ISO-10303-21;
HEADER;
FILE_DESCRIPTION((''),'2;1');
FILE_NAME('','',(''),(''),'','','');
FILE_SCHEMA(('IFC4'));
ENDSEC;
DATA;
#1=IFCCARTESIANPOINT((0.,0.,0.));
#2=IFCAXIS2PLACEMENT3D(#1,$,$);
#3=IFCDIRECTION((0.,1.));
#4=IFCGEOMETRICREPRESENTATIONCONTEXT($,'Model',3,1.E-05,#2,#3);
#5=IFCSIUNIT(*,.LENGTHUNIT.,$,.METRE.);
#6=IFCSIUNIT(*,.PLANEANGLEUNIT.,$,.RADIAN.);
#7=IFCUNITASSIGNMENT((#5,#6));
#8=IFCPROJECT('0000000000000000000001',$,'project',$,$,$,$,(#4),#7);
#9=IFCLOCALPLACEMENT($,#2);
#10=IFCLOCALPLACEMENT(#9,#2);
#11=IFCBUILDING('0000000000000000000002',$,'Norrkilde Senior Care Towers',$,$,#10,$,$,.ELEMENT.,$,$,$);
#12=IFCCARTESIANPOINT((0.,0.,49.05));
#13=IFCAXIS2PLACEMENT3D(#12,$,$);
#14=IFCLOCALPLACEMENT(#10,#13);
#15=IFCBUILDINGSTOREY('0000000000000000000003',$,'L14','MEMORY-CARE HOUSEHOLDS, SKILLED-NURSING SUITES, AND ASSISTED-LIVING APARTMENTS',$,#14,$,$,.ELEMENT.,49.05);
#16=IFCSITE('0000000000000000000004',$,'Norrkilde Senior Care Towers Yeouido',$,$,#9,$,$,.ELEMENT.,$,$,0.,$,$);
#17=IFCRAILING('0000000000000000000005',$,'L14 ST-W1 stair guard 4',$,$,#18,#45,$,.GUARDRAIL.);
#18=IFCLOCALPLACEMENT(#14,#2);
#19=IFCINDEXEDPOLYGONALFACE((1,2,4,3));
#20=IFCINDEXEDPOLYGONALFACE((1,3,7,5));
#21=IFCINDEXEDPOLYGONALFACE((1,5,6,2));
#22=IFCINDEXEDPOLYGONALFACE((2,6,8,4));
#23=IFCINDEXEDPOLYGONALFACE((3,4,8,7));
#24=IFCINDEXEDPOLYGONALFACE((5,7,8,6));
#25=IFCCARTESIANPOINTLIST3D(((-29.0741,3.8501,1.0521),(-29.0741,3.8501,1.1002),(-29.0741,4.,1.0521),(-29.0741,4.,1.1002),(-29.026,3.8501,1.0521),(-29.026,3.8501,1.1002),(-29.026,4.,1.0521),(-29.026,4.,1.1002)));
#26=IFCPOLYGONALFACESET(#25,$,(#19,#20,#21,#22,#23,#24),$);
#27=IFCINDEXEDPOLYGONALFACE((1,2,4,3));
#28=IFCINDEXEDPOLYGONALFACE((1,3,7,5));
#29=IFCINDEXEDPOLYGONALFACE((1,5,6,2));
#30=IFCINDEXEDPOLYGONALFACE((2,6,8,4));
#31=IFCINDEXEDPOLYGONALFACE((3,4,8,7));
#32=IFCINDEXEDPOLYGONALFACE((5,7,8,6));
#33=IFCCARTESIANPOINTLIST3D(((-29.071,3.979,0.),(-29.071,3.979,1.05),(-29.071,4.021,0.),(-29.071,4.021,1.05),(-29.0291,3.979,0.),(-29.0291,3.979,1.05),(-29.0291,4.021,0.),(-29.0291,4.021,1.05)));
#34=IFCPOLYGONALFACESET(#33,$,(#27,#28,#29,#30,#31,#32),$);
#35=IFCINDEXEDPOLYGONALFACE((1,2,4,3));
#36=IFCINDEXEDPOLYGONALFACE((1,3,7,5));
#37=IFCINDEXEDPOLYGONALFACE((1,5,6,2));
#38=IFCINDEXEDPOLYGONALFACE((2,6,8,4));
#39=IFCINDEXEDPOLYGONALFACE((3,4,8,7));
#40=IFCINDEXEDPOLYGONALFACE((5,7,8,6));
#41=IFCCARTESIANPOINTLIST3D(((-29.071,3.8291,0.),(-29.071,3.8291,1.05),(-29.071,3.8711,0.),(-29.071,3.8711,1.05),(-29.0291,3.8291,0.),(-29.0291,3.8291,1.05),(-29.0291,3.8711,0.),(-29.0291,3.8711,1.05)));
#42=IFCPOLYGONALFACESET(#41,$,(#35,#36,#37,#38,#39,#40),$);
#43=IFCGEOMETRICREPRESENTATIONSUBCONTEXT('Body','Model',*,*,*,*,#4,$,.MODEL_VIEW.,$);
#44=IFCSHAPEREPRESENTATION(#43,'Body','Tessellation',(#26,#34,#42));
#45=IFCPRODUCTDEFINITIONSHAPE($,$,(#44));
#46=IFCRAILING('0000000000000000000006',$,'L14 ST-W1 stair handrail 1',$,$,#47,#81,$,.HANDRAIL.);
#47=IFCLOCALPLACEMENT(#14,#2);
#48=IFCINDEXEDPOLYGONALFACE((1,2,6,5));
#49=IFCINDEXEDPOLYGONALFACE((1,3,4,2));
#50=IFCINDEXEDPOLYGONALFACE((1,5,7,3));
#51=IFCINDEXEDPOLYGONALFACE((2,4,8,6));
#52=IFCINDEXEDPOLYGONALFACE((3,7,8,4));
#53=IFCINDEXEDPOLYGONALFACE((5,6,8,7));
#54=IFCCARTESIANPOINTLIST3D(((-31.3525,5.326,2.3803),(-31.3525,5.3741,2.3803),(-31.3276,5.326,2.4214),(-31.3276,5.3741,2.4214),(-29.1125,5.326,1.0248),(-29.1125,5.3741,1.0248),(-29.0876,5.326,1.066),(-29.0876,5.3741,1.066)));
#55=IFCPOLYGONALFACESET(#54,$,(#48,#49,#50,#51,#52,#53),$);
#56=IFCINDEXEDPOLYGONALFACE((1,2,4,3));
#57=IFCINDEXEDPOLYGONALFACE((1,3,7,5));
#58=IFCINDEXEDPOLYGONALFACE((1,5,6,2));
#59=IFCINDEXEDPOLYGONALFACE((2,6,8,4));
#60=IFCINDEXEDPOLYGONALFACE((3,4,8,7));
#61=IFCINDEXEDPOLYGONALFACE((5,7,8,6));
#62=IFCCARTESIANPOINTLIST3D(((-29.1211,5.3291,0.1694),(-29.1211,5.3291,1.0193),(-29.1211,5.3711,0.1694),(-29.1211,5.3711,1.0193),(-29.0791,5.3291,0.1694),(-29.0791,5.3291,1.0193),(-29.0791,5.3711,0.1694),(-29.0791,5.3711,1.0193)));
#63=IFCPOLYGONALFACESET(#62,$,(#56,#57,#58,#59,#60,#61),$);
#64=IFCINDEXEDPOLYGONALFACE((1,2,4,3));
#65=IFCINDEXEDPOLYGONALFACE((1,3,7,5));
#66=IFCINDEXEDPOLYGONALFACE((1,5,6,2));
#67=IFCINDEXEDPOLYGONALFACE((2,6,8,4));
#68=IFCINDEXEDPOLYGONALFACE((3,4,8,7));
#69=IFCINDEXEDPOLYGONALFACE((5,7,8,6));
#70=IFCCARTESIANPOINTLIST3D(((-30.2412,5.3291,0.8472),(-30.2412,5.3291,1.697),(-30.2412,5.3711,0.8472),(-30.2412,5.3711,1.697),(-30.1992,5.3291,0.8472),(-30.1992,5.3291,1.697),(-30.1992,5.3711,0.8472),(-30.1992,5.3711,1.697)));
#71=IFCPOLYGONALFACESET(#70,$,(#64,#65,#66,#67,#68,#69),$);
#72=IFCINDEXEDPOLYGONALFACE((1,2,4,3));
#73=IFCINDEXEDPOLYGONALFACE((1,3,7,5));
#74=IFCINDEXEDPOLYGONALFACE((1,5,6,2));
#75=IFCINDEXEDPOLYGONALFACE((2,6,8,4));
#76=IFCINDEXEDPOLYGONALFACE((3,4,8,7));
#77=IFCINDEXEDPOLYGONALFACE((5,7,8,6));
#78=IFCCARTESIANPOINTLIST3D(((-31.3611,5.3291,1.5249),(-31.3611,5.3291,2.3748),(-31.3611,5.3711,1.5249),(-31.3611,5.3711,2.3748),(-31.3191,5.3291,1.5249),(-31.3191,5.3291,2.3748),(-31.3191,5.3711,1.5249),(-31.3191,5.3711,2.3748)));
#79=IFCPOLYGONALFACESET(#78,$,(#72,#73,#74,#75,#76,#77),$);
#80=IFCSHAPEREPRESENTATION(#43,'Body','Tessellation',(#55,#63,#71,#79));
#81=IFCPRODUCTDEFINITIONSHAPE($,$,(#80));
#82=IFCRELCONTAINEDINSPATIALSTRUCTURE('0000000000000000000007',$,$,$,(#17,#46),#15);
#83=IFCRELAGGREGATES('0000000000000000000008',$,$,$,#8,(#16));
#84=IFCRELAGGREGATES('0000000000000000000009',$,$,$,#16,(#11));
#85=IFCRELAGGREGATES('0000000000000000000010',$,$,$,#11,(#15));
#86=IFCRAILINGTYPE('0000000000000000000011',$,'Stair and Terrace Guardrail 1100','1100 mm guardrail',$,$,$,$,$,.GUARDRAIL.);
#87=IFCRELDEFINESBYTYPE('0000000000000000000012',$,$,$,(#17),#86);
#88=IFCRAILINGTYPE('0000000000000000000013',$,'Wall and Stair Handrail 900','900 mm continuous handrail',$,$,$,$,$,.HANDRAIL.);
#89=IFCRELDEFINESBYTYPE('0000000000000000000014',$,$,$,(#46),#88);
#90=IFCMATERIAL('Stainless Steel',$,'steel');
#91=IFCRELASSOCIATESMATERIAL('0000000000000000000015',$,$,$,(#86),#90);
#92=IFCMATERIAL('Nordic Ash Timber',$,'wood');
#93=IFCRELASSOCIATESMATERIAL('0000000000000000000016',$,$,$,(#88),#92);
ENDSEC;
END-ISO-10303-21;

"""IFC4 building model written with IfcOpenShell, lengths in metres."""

from ifc_helpers import new_model, si_unit, direction, frame, origin, origin_2d, place, context, subcontext, project, spatial, rectangle, extrude, material, type_object, element, save


model = new_model("IFC4")

# Units and contexts
model_context = context("Model", 3, precision=1e-05, world=origin(), true_north=direction((0.0, 1.0)))
body_context = subcontext(model_context, "Body", "Model", "MODEL_VIEW")
ifc_project = project(units=[si_unit("LENGTHUNIT", "METRE"), si_unit("PLANEANGLEUNIT", "RADIAN")], contexts=[model_context])

# Site, building, storey
site_placement = place(None, origin())
site = spatial("IfcSite", under=ifc_project, at=site_placement, Name="Norrkilde Senior Care Towers Yeouido", CompositionType="ELEMENT", RefElevation=0.0)
building_placement = place(site_placement, origin())
building = spatial("IfcBuilding", under=site, at=building_placement, Name="Norrkilde Senior Care Towers", CompositionType="ELEMENT")
storey_placement = place(building_placement, frame((0.0, 0.0, 49.05)))
storey = spatial("IfcBuildingStorey", under=building, at=storey_placement, Name="L14", Description="MEMORY-CARE HOUSEHOLDS, SKILLED-NURSING SUITES, AND ASSISTED-LIVING APARTMENTS", CompositionType="ELEMENT", Elevation=49.05)

# Shared definitions
ifc_material_1 = material(Name="Nordic Ash Timber", Category="wood")

# Railings
ifc_material_2 = material(Name="Stainless Steel", Category="steel")
railing_type_1 = type_object("IfcRailingType", Name="Stair and Terrace Guardrail 1100", Description="1100 mm guardrail", PredefinedType="GUARDRAIL", material=ifc_material_2)
railing_1_placement = place(storey_placement, frame((-29.05, 4.0, 0.0)))
element("IfcRailing", 1, at=railing_1_placement, inside=storey, type_object=railing_type_1, Name="L14 ST-W1 stair guard 4", PredefinedType="GUARDRAIL", context=body_context, shape_type="SweptSolid", body=[
    extrude(rectangle(XDim=0.0481, YDim=0.0481, at=origin_2d()), frame((0.0, 0.0, 1.0762), z_axis=(0.0, -1.0, 0.0), x_axis=(1.0, 0.0, 0.0)), (0.0, 0.0, 1.0), 0.1499),
    extrude(rectangle(XDim=0.042, YDim=0.042, at=origin_2d()), origin(), (0.0, 0.0, 1.0), 1.05),
    extrude(rectangle(XDim=0.042, YDim=0.042, at=origin_2d()), frame((0.0, -0.1499, 0.0)), (0.0, 0.0, 1.0), 1.05),
])
railing_type_2 = type_object("IfcRailingType", Name="Wall and Stair Handrail 900", Description="900 mm continuous handrail", PredefinedType="HANDRAIL", material=ifc_material_1)
railing_2_placement = place(storey_placement, frame((-29.1001, 5.3501, 0.1694)))
element("IfcRailing", 2, at=railing_2_placement, inside=storey, type_object=railing_type_2, Name="L14 ST-W1 stair handrail 1", PredefinedType="HANDRAIL", context=body_context, shape_type="SweptSolid", body=[
    extrude(rectangle(XDim=0.0481, YDim=0.0481, at=origin_2d()), frame((0.0, 0.0, 0.876), z_axis=(-0.855553, 0.0, 0.517715), x_axis=(0.0, -1.0, 0.0)), (0.0, 0.0, 1.0), 2.6182),
    extrude(rectangle(XDim=0.042, YDim=0.042, at=origin_2d()), origin(), (0.0, 0.0, 1.0), 0.8499),
    extrude(rectangle(XDim=0.042, YDim=0.042, at=origin_2d()), frame((-1.1201, 0.0, 0.6777)), (0.0, 0.0, 1.0), 0.8499),
    extrude(rectangle(XDim=0.042, YDim=0.042, at=origin_2d()), frame((-2.24, 0.0, 1.3555)), (0.0, 0.0, 1.0), 0.8499),
])

save(model, "model.ifc")
